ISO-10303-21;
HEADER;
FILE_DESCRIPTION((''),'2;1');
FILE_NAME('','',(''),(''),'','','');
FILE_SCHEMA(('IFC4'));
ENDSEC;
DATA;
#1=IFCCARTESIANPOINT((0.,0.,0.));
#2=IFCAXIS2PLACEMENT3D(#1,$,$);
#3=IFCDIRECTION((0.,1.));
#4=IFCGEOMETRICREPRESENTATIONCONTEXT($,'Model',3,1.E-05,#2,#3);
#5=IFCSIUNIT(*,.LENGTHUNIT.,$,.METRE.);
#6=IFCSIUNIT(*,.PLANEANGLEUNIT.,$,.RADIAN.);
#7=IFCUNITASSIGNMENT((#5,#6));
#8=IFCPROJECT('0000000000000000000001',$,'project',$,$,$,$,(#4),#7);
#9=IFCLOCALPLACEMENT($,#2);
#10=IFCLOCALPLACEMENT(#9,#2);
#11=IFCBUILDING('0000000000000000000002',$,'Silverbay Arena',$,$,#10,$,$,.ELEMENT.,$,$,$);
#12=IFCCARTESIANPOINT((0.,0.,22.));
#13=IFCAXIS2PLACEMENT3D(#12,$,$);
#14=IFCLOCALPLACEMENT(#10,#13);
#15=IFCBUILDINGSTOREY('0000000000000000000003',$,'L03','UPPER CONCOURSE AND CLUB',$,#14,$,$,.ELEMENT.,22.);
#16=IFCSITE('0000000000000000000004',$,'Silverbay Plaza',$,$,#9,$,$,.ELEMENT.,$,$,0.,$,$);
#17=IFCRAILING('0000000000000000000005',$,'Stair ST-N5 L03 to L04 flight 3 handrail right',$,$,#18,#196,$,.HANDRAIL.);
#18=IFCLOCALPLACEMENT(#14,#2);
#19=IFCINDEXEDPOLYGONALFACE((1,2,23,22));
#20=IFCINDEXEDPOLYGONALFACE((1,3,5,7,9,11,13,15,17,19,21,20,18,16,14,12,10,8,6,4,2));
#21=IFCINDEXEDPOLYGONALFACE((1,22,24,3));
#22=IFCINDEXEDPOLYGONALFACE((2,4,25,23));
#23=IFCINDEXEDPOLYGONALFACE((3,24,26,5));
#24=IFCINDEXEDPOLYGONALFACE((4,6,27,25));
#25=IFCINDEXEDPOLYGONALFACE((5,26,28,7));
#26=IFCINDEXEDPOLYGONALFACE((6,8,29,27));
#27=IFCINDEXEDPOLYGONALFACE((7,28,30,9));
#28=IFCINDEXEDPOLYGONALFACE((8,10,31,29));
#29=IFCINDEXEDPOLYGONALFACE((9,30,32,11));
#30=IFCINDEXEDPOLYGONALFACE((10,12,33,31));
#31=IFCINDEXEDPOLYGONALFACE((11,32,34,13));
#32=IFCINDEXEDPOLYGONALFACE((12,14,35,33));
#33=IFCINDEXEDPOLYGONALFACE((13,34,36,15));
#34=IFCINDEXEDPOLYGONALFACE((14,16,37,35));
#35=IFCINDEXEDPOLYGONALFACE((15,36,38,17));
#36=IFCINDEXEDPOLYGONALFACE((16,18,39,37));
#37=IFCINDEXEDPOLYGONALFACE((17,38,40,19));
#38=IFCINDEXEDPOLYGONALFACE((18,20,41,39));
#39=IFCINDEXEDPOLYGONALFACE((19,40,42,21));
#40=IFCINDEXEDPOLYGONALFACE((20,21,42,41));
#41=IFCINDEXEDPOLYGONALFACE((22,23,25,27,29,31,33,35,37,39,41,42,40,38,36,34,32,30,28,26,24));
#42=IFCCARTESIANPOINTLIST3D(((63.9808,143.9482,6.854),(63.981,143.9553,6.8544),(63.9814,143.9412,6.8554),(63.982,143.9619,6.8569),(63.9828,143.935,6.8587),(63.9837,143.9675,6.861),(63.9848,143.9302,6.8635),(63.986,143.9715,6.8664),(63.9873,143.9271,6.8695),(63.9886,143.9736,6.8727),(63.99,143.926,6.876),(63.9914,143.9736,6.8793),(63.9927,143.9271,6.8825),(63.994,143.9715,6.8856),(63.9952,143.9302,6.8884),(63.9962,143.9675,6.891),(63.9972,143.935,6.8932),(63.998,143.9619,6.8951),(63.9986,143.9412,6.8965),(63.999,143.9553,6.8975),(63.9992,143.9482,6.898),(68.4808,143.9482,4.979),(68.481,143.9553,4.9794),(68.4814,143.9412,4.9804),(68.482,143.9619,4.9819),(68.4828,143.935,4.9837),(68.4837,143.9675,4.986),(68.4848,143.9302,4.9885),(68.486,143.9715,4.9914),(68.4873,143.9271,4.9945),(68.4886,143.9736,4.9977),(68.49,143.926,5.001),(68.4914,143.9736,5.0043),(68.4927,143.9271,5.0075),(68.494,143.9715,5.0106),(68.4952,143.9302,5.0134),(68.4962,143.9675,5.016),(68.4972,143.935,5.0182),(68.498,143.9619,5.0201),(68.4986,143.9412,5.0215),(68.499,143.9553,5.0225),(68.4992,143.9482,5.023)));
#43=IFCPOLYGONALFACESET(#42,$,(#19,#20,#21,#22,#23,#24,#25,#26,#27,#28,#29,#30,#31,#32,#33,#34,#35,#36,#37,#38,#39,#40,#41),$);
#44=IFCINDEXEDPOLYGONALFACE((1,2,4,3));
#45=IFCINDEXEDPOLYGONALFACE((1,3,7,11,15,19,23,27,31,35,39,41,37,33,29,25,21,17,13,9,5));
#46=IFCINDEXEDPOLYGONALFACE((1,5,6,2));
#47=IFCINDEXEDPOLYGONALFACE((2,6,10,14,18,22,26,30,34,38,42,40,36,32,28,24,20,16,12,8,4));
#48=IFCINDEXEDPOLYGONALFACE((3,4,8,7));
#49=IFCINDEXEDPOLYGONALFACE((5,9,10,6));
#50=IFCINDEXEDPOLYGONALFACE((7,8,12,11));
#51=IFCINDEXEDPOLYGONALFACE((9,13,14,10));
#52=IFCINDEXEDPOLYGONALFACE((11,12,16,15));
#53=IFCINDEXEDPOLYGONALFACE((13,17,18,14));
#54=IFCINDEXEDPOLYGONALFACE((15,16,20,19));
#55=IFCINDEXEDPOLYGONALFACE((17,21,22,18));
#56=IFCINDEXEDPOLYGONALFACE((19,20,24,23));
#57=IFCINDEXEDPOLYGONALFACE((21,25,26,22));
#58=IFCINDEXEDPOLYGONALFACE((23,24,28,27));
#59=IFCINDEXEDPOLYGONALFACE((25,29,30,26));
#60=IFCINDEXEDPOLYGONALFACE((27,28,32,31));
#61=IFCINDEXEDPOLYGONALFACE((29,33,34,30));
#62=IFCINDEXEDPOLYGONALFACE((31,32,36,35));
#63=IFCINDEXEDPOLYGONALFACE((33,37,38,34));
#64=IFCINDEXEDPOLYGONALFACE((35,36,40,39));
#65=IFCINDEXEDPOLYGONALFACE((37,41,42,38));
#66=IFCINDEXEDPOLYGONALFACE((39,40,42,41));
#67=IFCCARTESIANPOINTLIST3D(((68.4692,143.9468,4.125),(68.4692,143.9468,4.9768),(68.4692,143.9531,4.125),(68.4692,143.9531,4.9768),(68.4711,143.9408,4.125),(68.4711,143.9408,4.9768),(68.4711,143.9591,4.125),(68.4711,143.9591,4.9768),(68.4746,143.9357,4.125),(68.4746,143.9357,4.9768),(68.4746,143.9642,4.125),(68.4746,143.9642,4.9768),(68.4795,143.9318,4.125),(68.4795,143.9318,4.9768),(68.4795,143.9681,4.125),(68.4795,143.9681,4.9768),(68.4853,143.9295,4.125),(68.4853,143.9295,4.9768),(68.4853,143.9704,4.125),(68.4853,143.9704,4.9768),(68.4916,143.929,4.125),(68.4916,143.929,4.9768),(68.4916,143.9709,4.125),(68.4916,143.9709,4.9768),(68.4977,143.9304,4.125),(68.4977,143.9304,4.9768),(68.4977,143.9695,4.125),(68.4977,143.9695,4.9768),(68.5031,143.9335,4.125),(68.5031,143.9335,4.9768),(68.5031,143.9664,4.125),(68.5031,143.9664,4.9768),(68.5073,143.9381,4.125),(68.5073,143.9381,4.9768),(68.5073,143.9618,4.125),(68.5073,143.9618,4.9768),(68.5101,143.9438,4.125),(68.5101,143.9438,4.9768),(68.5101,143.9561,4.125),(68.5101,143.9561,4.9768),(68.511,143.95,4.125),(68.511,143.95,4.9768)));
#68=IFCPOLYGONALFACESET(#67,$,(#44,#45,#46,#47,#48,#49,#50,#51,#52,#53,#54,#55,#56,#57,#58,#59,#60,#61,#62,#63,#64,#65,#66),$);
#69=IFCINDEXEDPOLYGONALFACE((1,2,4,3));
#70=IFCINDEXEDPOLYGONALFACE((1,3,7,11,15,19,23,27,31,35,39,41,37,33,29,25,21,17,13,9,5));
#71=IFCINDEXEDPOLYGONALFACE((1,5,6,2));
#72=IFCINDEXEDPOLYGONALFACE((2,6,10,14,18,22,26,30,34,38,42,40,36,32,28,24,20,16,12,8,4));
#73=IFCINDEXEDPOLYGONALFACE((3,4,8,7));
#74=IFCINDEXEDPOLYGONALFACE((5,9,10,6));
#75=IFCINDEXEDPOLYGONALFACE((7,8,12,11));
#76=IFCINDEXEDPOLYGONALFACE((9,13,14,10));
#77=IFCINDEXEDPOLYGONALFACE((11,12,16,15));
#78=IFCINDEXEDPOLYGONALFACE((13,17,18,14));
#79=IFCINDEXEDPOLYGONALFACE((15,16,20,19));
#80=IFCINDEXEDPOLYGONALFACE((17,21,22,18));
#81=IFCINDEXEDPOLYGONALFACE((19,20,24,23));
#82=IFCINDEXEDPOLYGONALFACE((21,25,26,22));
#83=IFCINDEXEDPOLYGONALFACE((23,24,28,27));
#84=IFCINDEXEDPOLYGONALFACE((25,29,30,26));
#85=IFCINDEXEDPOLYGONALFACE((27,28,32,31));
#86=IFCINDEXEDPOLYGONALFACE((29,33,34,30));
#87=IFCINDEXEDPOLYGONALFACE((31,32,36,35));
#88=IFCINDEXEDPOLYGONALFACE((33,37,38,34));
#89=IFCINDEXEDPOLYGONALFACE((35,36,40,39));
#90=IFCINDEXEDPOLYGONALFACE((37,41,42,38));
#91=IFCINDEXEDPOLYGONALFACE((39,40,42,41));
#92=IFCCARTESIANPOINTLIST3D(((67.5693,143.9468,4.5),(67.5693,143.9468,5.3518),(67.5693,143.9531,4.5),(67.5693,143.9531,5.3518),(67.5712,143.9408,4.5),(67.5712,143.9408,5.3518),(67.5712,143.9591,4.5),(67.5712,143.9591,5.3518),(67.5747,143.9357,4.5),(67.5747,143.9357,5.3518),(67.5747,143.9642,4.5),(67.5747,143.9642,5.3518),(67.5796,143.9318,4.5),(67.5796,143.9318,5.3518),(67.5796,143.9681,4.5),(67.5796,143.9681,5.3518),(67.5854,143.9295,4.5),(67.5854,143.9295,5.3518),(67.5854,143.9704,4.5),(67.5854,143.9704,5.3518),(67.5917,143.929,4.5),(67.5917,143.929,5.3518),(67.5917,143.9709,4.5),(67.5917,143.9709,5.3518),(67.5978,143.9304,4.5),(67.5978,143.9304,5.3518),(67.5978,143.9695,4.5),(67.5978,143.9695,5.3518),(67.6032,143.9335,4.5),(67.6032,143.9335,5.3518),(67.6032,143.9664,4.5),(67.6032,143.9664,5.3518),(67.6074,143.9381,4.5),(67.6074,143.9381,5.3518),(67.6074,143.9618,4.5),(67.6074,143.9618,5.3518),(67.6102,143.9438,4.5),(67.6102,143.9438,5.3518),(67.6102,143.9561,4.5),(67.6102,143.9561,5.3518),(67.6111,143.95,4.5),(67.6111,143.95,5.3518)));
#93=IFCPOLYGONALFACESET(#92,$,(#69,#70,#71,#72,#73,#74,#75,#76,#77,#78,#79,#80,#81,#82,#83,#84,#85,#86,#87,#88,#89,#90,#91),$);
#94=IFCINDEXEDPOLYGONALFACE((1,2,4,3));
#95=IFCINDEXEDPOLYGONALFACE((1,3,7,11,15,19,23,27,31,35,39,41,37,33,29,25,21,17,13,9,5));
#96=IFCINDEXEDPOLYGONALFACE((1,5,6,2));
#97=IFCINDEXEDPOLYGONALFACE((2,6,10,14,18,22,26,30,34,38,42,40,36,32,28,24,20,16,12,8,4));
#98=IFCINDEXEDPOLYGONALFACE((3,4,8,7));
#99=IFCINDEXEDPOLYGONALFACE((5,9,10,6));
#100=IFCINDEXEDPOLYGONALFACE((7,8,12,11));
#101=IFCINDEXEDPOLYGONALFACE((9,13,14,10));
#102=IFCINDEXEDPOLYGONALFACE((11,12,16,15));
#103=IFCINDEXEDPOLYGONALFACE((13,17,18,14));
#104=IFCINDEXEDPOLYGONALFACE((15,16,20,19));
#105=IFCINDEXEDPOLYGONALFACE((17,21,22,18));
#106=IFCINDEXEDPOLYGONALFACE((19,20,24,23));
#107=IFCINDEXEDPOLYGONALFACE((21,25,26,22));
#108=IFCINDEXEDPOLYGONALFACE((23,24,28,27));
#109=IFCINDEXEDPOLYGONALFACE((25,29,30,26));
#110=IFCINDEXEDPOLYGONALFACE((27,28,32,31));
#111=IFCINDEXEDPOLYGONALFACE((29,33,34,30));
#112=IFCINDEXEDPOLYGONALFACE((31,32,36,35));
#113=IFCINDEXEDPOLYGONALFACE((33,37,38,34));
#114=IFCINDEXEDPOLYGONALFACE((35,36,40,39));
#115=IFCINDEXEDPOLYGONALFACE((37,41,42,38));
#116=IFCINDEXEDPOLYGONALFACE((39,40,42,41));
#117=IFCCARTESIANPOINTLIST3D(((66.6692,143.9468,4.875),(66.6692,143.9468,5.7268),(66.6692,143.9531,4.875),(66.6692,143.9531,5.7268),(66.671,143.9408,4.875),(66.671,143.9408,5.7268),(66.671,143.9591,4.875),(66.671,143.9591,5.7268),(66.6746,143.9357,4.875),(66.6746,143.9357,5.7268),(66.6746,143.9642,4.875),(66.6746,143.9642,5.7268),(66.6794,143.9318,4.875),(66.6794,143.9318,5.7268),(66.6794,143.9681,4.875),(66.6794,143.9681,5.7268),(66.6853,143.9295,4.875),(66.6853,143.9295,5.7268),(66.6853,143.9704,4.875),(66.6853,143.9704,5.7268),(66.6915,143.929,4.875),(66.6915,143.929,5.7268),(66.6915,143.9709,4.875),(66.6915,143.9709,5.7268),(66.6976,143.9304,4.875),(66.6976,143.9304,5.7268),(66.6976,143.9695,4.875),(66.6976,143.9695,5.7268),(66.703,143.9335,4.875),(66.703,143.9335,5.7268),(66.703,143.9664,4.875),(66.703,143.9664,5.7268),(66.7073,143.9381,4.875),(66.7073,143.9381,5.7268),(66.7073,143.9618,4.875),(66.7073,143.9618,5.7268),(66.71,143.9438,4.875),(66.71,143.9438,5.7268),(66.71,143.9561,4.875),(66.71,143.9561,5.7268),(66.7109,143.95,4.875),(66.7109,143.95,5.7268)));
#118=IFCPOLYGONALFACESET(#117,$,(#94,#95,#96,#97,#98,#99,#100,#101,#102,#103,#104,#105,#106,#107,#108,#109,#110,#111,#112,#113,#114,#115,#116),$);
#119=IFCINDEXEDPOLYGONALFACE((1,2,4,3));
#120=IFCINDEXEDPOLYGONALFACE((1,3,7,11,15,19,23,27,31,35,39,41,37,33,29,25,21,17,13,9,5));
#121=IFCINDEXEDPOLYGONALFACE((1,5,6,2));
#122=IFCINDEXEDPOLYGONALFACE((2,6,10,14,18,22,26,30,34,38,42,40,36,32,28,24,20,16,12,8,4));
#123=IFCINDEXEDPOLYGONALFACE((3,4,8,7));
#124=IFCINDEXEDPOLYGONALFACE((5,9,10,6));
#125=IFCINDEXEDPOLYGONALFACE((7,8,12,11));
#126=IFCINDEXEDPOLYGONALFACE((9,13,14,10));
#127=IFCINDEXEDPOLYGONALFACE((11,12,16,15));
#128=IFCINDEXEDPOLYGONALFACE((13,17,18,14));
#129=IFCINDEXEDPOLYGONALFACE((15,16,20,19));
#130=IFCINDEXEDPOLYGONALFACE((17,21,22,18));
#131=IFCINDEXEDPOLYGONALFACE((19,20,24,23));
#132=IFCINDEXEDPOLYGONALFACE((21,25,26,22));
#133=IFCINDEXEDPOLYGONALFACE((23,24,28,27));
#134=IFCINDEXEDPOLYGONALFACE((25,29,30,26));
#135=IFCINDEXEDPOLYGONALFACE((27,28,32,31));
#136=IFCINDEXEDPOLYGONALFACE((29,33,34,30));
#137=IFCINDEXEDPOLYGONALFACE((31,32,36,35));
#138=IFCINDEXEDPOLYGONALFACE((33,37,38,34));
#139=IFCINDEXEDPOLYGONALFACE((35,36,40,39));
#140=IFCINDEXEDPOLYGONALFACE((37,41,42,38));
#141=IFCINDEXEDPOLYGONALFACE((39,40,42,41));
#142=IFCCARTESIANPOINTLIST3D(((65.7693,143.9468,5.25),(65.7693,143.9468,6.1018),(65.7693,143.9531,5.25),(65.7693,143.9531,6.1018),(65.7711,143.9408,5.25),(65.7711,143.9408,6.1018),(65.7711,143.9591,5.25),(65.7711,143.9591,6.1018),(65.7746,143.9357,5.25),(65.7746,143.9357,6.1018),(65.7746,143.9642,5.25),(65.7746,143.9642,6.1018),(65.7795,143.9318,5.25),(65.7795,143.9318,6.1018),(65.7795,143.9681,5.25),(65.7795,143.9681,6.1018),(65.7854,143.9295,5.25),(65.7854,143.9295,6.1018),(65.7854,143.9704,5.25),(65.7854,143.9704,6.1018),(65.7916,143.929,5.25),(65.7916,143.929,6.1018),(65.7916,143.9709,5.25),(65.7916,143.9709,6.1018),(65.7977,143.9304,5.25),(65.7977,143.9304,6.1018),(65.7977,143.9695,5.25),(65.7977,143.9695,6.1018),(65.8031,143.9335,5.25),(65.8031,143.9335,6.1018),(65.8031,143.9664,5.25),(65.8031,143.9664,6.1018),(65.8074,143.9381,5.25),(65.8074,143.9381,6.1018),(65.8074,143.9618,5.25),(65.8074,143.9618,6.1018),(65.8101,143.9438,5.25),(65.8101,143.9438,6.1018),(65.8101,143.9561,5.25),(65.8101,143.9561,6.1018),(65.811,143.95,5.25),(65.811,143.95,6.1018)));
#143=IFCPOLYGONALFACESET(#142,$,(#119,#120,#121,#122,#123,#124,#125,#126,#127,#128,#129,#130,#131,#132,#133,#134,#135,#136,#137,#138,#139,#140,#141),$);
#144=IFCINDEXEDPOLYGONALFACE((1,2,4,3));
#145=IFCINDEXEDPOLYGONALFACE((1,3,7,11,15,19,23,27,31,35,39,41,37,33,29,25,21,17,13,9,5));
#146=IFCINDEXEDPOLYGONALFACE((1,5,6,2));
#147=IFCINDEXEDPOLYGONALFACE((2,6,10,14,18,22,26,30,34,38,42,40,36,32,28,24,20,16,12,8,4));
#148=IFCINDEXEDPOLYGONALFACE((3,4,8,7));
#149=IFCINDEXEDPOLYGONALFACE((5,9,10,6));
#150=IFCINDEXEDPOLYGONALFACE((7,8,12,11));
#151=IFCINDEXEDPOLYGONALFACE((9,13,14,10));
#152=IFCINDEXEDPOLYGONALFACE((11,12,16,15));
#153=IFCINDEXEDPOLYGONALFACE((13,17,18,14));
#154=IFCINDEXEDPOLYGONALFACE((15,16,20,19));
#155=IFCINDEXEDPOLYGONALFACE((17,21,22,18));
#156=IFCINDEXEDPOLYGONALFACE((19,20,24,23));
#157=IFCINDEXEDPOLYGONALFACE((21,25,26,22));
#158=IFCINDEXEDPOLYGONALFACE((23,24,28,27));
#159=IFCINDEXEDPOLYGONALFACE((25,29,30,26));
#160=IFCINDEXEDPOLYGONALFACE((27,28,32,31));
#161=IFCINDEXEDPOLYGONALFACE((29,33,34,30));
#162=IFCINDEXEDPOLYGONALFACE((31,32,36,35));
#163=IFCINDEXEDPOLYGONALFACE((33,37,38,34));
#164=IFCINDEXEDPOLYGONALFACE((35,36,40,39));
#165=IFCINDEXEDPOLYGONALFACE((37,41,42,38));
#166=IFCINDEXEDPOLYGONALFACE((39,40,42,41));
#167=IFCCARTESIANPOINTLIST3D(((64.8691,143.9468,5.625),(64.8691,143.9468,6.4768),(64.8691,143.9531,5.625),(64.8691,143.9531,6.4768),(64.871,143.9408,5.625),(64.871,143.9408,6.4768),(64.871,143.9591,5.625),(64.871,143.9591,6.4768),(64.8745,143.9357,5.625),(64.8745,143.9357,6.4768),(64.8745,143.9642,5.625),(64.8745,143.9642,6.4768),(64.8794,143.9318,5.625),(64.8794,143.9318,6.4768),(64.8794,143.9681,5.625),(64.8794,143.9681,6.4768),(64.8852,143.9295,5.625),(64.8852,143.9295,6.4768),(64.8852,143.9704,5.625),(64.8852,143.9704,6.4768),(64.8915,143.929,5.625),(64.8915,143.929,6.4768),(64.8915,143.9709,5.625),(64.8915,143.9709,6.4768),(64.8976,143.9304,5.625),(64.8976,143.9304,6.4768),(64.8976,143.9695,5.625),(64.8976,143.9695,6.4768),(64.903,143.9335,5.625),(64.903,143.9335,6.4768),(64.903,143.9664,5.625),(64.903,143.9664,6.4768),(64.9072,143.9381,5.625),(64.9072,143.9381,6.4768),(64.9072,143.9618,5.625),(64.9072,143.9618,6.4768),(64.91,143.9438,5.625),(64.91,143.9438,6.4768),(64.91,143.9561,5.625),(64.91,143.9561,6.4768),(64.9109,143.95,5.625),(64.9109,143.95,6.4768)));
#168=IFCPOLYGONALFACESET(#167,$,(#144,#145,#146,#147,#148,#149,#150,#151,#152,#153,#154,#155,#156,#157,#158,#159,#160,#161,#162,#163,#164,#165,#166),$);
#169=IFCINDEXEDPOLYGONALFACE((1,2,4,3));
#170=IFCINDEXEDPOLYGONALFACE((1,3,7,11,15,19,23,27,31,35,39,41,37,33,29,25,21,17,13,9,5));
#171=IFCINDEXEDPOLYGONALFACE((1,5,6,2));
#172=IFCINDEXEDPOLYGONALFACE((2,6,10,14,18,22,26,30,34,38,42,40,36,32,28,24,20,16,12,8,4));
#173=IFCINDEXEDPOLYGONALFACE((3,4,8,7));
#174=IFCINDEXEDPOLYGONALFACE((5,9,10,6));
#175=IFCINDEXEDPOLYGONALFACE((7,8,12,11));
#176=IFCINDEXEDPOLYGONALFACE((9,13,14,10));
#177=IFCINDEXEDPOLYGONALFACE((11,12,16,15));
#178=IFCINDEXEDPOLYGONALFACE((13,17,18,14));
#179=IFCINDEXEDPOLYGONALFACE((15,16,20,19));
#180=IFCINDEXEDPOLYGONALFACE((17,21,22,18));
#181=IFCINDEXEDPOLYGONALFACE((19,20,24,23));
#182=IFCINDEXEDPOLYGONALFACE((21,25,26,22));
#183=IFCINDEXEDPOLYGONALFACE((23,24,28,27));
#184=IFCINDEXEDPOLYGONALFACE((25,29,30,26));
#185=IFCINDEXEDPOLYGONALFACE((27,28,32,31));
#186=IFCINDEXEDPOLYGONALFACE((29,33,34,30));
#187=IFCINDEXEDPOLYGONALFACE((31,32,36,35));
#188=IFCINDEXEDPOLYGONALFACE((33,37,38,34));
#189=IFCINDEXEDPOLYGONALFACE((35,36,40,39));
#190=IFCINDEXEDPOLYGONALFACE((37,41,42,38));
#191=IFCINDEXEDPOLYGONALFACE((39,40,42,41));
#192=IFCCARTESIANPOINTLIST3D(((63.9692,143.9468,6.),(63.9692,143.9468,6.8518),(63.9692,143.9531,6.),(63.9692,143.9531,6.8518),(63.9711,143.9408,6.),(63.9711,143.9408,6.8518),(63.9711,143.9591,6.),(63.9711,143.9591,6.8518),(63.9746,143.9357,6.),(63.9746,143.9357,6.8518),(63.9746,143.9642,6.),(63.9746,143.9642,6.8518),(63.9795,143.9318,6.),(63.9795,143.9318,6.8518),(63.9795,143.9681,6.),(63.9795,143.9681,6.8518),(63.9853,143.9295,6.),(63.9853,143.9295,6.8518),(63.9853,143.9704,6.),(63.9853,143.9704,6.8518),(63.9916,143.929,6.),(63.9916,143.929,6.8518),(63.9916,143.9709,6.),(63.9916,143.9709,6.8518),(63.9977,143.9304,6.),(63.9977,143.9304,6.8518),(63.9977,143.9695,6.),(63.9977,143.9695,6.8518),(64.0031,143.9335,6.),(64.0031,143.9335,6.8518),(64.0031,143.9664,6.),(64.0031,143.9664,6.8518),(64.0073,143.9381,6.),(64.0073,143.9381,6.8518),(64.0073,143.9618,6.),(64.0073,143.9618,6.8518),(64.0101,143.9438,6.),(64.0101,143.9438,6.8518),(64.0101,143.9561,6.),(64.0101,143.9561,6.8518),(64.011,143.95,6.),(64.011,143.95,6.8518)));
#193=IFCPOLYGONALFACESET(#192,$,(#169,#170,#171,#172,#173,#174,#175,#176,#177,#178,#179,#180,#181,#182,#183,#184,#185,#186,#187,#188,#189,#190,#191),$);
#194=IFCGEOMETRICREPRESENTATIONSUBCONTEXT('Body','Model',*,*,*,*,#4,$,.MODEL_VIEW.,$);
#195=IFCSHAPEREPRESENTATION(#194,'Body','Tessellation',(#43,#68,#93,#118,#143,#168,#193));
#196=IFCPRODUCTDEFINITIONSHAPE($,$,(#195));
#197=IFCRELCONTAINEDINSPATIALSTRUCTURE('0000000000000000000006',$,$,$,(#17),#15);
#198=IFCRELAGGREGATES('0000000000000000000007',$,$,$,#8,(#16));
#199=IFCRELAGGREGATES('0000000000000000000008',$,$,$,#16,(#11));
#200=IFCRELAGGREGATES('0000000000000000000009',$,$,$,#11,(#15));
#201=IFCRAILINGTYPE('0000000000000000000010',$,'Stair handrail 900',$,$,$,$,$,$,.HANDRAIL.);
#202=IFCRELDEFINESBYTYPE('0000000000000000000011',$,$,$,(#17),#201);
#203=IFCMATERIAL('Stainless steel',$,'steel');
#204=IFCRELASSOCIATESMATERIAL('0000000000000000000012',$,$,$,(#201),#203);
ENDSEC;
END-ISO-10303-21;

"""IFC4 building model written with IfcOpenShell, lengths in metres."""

from ifc_helpers import new_model, si_unit, direction, frame, origin, origin_2d, place, context, subcontext, project, spatial, circle, extrude, material, type_object, element, save


model = new_model("IFC4")

# Units and contexts
model_context = context("Model", 3, precision=1e-05, world=origin(), true_north=direction((0.0, 1.0)))
body_context = subcontext(model_context, "Body", "Model", "MODEL_VIEW")
ifc_project = project(units=[si_unit("LENGTHUNIT", "METRE"), si_unit("PLANEANGLEUNIT", "RADIAN")], contexts=[model_context])

# Site, building, storey
site_placement = place(None, origin())
site = spatial("IfcSite", under=ifc_project, at=site_placement, Name="Silverbay Plaza", CompositionType="ELEMENT", RefElevation=0.0)
building_placement = place(site_placement, origin())
building = spatial("IfcBuilding", under=site, at=building_placement, Name="Silverbay Arena", CompositionType="ELEMENT")
storey_placement = place(building_placement, frame((0.0, 0.0, 22.0)))
storey = spatial("IfcBuildingStorey", under=building, at=storey_placement, Name="L03", Description="UPPER CONCOURSE AND CLUB", CompositionType="ELEMENT", Elevation=22.0)

# Railing
ifc_material_1 = material(Name="Stainless steel", Category="steel")
railing_type_1 = type_object("IfcRailingType", Name="Stair handrail 900", PredefinedType="HANDRAIL", material=ifc_material_1)
for number, where, name in (
    (1, (68.49, 143.95, 4.125), "Stair ST-N5 L03 to L04 flight 3 handrail right"),
):
    element("IfcRailing", number, at=place(storey_placement, frame(where)), inside=storey, type_object=railing_type_1, Name=name, PredefinedType="HANDRAIL", context=body_context, shape_type="SweptSolid", body=[
        extrude(circle(Radius=0.0239, at=origin_2d()), frame((0.0, 0.0, 0.876), z_axis=(-0.923077, 0.0, 0.384615), x_axis=(0.0, -1.0, 0.0)), (0.0, 0.0, 1.0), 4.875),
        extrude(circle(Radius=0.021, at=origin_2d()), origin(), (0.0, 0.0, 1.0), 0.8518),
        extrude(circle(Radius=0.021, at=origin_2d()), frame((-0.8999, 0.0, 0.375)), (0.0, 0.0, 1.0), 0.8518),
        extrude(circle(Radius=0.021, at=origin_2d()), frame((-1.8, 0.0, 0.75)), (0.0, 0.0, 1.0), 0.8518),
        extrude(circle(Radius=0.021, at=origin_2d()), frame((-2.7, 0.0, 1.125)), (0.0, 0.0, 1.0), 0.8518),
        extrude(circle(Radius=0.021, at=origin_2d()), frame((-3.6001, 0.0, 1.5)), (0.0, 0.0, 1.0), 0.8518),
        extrude(circle(Radius=0.021, at=origin_2d()), frame((-4.5, 0.0, 1.875)), (0.0, 0.0, 1.0), 0.8518),
    ])

save(model, "model.ifc")
